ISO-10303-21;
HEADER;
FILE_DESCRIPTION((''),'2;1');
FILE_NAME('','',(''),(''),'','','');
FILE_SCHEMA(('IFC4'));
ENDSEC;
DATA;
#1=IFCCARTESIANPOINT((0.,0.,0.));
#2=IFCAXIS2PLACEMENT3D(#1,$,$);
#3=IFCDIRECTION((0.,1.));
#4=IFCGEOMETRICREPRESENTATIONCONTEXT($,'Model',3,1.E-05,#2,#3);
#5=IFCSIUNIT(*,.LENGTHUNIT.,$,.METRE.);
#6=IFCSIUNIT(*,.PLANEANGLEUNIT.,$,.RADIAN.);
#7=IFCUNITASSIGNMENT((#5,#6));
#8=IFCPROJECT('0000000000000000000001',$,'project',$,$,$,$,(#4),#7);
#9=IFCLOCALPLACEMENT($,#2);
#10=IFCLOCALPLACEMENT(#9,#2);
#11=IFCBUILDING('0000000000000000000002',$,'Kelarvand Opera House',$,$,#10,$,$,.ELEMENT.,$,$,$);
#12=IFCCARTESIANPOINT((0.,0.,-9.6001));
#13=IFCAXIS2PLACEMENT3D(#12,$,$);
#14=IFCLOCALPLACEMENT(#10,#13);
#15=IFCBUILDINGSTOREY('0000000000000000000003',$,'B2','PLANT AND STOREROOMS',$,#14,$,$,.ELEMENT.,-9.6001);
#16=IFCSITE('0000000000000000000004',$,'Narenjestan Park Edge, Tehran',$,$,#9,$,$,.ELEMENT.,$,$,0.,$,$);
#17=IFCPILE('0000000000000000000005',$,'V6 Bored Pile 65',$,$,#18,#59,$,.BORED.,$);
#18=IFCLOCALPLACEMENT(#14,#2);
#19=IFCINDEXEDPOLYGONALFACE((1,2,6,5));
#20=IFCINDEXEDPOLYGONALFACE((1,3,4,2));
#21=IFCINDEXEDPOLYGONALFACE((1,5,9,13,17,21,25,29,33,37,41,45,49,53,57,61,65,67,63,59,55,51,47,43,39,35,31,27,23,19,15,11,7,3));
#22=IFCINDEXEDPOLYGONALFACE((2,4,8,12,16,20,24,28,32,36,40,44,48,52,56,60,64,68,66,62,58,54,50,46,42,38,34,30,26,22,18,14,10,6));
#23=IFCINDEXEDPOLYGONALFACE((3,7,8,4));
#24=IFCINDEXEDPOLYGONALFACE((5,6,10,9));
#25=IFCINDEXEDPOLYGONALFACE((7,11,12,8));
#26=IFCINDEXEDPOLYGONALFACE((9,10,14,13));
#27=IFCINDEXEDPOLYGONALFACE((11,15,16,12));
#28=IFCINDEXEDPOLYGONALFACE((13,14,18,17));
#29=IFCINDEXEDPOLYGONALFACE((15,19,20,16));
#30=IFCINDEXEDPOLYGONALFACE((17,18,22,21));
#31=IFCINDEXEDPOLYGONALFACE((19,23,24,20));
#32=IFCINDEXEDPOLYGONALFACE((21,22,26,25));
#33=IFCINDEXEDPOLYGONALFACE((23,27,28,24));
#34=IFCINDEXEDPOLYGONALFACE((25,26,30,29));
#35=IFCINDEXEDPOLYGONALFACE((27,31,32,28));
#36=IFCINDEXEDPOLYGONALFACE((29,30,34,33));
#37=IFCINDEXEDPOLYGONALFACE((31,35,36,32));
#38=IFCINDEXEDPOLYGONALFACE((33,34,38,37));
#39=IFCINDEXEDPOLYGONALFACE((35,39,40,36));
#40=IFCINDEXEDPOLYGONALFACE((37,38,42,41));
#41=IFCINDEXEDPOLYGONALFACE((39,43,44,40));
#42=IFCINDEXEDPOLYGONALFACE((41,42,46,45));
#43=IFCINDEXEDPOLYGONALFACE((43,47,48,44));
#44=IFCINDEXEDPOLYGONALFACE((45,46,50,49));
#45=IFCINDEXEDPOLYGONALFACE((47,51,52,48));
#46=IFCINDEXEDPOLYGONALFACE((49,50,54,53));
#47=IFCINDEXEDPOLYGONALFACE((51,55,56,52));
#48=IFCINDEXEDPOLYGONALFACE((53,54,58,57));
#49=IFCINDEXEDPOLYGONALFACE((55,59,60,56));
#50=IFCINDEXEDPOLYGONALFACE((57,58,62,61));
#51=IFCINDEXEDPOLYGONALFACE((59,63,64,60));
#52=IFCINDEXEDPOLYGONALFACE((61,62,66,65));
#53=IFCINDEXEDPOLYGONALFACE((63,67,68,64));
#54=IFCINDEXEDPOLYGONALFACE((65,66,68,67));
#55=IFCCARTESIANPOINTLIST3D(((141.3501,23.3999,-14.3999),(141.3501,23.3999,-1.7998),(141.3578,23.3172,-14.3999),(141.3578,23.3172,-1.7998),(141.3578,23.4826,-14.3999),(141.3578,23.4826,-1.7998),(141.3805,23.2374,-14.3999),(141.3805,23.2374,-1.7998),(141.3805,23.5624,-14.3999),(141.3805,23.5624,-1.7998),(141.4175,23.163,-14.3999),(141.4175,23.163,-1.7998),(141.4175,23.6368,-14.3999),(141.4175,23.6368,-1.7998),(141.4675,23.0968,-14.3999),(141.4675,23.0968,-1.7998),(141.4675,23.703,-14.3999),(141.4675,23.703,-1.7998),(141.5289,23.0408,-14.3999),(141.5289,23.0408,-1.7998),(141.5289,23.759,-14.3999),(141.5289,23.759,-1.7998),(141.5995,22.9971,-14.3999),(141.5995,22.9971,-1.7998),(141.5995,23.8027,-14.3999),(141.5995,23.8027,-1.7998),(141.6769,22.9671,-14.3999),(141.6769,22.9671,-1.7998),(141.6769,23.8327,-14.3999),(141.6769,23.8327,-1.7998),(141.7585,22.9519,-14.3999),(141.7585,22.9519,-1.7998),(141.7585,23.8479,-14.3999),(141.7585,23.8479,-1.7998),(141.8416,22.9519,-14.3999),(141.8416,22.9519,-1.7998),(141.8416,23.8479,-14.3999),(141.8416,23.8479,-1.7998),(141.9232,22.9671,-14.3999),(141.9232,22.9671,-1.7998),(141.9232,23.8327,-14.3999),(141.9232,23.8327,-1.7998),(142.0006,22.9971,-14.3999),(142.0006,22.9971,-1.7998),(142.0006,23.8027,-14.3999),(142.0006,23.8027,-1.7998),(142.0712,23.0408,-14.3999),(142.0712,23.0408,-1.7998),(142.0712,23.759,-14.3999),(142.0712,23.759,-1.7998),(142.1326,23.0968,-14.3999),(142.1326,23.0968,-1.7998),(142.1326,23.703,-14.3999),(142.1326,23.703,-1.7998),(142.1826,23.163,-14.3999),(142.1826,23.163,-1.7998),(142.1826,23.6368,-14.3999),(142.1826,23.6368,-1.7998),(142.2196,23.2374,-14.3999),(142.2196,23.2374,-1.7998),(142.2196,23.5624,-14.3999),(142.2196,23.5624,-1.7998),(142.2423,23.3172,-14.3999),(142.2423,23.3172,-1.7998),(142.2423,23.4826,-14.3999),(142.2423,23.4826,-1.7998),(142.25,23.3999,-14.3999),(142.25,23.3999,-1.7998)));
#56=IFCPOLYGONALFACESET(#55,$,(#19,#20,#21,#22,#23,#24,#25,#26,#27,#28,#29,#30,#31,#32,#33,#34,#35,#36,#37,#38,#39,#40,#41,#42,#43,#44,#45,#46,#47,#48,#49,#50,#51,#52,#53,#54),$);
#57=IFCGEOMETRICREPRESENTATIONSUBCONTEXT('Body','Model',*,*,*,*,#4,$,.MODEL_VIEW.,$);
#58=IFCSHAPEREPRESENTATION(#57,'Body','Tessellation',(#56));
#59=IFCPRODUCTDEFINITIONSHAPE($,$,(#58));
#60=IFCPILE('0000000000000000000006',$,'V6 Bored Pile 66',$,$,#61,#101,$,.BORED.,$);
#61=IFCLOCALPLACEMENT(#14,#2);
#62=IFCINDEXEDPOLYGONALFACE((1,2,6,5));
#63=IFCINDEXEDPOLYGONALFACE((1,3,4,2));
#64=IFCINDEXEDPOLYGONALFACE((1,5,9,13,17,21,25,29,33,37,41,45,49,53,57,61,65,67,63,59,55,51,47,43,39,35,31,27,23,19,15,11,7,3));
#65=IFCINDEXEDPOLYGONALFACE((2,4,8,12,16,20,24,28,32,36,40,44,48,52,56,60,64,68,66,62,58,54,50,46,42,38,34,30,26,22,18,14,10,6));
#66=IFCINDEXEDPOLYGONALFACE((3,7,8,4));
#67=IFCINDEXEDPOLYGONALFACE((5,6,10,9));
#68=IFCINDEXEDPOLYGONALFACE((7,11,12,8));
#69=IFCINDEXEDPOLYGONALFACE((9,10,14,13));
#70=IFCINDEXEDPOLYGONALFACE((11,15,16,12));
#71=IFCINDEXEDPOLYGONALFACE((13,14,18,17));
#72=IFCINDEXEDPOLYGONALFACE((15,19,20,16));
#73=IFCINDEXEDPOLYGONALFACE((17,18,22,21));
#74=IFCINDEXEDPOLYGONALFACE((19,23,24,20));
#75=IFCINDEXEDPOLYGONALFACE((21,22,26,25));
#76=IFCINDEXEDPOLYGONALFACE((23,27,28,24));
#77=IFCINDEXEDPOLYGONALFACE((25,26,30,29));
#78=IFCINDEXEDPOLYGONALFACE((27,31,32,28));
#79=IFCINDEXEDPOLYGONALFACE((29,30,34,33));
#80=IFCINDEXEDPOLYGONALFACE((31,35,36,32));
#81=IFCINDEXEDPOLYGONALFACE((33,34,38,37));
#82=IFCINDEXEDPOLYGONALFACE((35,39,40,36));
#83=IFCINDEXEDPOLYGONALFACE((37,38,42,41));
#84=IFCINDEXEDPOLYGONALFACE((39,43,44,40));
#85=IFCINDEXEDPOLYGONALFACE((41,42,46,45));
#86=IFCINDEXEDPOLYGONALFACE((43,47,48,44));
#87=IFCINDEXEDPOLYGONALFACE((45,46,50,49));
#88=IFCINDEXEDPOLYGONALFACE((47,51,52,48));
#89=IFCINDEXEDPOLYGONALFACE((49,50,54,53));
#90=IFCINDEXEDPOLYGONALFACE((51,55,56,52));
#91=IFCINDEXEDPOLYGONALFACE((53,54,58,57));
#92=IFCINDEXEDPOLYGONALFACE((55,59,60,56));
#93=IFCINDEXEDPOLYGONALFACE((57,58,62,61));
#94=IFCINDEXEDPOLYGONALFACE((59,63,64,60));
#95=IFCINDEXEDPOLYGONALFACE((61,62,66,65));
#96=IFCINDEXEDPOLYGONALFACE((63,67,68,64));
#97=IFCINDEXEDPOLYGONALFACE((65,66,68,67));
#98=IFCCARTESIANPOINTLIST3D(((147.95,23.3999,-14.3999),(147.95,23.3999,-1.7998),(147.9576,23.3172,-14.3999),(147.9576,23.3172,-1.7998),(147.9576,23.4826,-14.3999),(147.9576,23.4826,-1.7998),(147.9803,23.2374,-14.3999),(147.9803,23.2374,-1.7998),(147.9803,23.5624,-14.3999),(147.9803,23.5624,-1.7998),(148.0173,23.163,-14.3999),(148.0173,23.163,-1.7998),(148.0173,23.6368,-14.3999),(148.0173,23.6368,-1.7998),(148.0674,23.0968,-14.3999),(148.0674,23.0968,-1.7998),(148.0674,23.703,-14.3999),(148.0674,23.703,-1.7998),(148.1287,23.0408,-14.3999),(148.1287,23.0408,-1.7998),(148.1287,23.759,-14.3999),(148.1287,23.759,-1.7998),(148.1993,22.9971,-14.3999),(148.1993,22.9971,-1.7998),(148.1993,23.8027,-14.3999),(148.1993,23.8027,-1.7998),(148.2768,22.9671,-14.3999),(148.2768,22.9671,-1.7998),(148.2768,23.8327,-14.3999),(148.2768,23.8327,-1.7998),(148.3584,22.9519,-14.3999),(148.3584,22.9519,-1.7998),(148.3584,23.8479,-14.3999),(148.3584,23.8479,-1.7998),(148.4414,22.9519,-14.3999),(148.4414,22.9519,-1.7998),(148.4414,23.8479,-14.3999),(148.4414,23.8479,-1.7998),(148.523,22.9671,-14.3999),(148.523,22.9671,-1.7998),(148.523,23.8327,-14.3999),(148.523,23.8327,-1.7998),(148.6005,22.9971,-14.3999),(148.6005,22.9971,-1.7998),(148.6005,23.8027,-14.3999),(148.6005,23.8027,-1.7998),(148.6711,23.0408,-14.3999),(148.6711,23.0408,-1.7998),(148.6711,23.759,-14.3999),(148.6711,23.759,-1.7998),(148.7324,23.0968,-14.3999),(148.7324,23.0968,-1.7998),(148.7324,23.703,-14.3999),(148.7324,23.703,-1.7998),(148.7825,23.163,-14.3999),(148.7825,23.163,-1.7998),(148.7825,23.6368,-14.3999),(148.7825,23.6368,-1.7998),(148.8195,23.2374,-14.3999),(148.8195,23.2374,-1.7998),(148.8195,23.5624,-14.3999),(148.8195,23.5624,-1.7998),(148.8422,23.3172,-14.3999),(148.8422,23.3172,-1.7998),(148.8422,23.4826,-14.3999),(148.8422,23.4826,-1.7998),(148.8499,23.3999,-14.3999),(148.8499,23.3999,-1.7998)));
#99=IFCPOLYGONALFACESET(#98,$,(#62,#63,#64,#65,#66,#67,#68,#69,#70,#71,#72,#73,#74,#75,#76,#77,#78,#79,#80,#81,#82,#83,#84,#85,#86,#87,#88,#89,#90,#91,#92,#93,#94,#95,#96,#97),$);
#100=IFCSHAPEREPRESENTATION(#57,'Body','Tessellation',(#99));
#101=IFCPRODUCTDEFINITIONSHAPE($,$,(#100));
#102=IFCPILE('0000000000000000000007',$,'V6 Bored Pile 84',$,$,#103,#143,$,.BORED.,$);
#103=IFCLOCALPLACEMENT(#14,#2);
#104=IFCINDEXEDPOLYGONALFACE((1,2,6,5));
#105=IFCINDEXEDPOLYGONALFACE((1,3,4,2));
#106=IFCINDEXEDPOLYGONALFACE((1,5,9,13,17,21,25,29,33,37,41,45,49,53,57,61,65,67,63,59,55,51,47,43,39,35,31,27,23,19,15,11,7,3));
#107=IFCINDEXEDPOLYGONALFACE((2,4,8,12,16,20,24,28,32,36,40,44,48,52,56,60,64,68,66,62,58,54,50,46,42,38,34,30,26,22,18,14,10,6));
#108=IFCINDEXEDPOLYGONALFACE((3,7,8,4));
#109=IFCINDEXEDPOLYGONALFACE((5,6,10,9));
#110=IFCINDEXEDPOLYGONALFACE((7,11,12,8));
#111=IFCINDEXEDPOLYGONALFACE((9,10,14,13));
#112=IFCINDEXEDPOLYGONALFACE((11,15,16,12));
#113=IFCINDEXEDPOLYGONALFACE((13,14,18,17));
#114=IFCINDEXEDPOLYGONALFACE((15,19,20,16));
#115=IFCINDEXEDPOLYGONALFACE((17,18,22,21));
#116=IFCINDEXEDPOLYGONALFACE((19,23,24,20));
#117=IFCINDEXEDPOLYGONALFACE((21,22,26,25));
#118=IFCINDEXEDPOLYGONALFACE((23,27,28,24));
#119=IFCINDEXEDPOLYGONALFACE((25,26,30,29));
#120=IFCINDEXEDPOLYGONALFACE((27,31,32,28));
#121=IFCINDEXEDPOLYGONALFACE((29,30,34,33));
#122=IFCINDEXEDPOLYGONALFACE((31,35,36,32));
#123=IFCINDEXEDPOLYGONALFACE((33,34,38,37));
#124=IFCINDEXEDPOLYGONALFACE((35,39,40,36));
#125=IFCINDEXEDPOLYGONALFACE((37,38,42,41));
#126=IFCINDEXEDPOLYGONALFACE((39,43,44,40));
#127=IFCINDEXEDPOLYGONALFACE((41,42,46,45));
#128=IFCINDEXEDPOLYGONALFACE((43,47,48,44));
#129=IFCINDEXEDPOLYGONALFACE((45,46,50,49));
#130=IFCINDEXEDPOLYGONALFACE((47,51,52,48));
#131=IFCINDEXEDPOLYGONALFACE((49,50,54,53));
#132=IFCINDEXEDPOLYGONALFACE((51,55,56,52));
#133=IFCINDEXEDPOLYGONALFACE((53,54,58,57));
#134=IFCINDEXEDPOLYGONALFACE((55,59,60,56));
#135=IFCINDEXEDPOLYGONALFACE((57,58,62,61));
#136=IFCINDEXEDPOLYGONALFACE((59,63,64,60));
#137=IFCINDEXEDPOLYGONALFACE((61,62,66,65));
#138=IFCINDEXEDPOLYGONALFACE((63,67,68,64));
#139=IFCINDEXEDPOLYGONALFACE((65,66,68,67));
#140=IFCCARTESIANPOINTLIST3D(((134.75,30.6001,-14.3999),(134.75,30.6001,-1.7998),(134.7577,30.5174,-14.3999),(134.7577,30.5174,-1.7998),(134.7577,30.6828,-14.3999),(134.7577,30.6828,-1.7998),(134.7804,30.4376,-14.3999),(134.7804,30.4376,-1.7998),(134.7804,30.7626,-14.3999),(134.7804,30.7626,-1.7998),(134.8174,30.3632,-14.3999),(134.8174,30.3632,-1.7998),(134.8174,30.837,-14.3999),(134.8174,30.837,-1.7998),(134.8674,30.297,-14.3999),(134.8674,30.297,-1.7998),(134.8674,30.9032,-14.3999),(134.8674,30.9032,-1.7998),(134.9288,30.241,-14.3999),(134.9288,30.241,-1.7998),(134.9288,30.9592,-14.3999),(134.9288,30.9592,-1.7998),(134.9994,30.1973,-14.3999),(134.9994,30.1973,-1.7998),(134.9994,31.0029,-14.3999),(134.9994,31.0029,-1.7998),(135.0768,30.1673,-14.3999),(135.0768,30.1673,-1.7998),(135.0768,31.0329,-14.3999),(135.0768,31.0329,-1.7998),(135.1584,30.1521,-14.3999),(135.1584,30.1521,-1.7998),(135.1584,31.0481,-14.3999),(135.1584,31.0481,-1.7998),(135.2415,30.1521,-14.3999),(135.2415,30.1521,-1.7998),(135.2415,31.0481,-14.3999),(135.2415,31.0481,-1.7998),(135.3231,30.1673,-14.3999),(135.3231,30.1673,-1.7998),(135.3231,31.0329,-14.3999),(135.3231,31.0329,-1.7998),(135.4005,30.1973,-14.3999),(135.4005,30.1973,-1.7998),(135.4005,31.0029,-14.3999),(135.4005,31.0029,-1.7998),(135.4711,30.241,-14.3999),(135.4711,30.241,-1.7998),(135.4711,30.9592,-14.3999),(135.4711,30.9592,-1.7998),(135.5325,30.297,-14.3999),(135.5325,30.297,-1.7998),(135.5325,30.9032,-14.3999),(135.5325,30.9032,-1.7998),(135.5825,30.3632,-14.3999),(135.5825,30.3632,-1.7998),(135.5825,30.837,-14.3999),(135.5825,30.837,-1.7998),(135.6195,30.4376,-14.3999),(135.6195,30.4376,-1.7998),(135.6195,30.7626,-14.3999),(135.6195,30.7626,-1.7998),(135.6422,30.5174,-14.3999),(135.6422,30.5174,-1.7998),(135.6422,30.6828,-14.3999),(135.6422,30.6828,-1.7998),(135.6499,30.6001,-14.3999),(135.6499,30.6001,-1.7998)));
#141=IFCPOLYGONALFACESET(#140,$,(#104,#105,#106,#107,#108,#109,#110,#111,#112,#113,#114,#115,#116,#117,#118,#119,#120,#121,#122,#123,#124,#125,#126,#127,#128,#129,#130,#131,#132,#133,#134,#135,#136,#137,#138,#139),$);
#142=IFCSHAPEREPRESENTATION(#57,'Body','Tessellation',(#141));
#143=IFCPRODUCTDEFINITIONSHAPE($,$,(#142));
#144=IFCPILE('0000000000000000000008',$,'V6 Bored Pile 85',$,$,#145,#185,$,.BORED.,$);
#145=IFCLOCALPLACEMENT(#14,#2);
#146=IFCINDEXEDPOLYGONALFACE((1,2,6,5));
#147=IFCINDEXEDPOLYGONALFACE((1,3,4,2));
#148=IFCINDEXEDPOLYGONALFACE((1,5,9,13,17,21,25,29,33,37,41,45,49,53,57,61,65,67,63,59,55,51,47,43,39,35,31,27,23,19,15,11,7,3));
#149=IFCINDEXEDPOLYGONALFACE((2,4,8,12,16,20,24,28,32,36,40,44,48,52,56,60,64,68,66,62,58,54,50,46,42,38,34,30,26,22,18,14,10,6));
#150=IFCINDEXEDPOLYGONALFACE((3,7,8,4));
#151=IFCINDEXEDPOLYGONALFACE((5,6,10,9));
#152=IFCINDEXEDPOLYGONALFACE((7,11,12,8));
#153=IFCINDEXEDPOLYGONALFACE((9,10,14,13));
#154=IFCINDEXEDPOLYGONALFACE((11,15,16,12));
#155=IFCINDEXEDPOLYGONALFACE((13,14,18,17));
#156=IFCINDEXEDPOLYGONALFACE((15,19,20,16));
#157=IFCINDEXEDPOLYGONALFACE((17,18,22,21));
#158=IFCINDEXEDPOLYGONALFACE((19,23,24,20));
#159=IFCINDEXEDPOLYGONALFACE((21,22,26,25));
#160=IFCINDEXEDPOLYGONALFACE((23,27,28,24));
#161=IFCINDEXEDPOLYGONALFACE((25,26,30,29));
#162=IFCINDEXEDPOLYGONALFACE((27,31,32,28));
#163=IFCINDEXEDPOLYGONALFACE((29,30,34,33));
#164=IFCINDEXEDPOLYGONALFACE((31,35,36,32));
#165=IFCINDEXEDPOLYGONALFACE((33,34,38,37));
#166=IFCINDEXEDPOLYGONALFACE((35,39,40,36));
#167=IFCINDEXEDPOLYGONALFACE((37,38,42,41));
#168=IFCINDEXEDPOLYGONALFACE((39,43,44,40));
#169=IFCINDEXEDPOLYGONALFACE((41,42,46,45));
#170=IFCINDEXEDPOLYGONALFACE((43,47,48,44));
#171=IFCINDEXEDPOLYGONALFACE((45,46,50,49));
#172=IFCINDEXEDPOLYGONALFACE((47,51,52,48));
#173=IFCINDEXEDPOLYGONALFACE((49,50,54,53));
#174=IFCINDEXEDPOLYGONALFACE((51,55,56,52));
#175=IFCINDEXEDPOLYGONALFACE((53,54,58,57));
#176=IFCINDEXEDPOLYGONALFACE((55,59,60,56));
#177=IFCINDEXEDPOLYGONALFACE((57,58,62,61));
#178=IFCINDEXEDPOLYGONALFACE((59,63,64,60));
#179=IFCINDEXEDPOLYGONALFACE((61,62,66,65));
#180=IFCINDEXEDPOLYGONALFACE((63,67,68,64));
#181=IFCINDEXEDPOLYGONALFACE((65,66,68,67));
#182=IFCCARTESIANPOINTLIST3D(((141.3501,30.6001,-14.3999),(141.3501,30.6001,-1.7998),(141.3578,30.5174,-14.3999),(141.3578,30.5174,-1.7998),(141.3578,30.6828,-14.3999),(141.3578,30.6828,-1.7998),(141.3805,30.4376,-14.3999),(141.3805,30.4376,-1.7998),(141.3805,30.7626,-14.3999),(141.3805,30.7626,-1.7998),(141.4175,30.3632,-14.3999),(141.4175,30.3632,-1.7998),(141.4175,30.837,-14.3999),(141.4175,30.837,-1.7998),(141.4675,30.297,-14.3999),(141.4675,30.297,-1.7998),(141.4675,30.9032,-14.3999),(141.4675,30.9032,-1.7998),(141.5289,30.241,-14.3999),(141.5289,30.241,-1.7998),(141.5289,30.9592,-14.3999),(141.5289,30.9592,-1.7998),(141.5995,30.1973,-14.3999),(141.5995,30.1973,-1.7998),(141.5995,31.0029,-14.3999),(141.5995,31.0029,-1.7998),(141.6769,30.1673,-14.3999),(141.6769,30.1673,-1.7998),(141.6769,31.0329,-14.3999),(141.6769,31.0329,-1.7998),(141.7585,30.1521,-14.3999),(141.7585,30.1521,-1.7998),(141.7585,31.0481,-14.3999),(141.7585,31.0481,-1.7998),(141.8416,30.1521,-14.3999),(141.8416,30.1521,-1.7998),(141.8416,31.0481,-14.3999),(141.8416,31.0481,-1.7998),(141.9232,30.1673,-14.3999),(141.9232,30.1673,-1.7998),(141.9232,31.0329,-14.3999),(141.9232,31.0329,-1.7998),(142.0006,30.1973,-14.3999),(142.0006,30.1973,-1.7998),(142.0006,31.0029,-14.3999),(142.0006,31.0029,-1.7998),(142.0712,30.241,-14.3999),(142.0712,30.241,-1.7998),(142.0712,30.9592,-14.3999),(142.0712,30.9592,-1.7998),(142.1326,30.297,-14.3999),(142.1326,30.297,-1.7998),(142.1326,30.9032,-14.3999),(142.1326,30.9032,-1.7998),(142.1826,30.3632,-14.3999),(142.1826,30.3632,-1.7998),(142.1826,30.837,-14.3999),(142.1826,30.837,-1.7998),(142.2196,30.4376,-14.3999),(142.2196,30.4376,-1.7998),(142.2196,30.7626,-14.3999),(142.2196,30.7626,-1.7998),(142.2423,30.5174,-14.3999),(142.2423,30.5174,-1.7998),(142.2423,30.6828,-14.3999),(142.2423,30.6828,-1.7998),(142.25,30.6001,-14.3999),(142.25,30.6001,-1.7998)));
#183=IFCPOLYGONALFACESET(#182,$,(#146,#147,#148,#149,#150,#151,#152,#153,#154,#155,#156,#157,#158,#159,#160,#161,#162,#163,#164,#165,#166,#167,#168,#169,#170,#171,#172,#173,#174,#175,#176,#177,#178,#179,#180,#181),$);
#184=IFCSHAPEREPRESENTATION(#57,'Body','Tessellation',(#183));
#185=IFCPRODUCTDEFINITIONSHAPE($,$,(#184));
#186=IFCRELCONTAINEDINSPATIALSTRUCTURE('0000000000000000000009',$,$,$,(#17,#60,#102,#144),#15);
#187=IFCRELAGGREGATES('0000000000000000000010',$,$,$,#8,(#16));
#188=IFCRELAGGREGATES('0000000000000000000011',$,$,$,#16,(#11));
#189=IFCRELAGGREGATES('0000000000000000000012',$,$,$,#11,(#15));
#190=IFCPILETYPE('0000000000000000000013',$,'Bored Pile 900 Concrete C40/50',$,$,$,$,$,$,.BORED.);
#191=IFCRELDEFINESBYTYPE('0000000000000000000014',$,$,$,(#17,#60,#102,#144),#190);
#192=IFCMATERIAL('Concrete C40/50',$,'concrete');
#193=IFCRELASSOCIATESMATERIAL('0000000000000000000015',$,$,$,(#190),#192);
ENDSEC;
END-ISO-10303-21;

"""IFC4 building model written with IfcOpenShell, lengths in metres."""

from ifc_helpers import new_model, si_unit, direction, frame, origin, origin_2d, place, context, subcontext, project, spatial, circle, extrude, material, material_profile, profile_set, type_object, element, save


model = new_model("IFC4")

# Units and contexts
model_context = context("Model", 3, precision=1e-05, world=origin(), true_north=direction((0.0, 1.0)))
body_context = subcontext(model_context, "Body", "Model", "MODEL_VIEW")
ifc_project = project(units=[si_unit("LENGTHUNIT", "METRE"), si_unit("PLANEANGLEUNIT", "RADIAN")], contexts=[model_context])

# Site, building, storey
site_placement = place(None, origin())
site = spatial("IfcSite", under=ifc_project, at=site_placement, Name="Narenjestan Park Edge, Tehran", CompositionType="ELEMENT", RefElevation=0.0)
building_placement = place(site_placement, origin())
building = spatial("IfcBuilding", under=site, at=building_placement, Name="Kelarvand Opera House", CompositionType="ELEMENT")
storey_placement = place(building_placement, frame((0.0, 0.0, -9.6001)))
storey = spatial("IfcBuildingStorey", under=building, at=storey_placement, Name="B2", Description="PLANT AND STOREROOMS", CompositionType="ELEMENT", Elevation=-9.6001)

# Piles
ifc_material_1 = material(Name="Concrete C40/50", Category="concrete")
ifc_material_profile_1 = material_profile(ifc_material_1, circle(Radius=0.45, at=origin_2d()), Name="BP 900", Category="concrete")
ifc_profile_set_1 = profile_set([ifc_material_profile_1], Name="Concrete C40/50")
pile_type = type_object("IfcPileType", Name="Bored Pile 900 Concrete C40/50", PredefinedType="BORED", material=ifc_profile_set_1)
for number, where, z_axis, x_axis, name in (
    (1, (141.8, 23.3999, -1.7998), (0.0, 0.0, -1.0), (1.0, 0.0, 0.0), "V6 Bored Pile 65"),
    (2, (148.3999, 23.3999, -1.7998), (0.0, 0.0, -1.0), (1.0, 0.0, 0.0), "V6 Bored Pile 66"),
    (3, (135.2, 30.6001, -1.7998), (0.0, 0.0, -1.0), (1.0, 0.0, 0.0), "V6 Bored Pile 84"),
    (4, (141.8, 30.6001, -1.7998), (0.0, 0.0, -1.0), (1.0, 0.0, 0.0), "V6 Bored Pile 85"),
):
    element("IfcPile", number, at=place(storey_placement, frame(where, z_axis=z_axis, x_axis=x_axis)), inside=storey, type_object=pile_type, Name=name, PredefinedType="BORED", context=body_context, shape_type="SweptSolid", body=[
        extrude(circle(Radius=0.45, at=origin_2d()), origin(), (0.0, 0.0, 1.0), 12.6001),
    ])

save(model, "model.ifc")
